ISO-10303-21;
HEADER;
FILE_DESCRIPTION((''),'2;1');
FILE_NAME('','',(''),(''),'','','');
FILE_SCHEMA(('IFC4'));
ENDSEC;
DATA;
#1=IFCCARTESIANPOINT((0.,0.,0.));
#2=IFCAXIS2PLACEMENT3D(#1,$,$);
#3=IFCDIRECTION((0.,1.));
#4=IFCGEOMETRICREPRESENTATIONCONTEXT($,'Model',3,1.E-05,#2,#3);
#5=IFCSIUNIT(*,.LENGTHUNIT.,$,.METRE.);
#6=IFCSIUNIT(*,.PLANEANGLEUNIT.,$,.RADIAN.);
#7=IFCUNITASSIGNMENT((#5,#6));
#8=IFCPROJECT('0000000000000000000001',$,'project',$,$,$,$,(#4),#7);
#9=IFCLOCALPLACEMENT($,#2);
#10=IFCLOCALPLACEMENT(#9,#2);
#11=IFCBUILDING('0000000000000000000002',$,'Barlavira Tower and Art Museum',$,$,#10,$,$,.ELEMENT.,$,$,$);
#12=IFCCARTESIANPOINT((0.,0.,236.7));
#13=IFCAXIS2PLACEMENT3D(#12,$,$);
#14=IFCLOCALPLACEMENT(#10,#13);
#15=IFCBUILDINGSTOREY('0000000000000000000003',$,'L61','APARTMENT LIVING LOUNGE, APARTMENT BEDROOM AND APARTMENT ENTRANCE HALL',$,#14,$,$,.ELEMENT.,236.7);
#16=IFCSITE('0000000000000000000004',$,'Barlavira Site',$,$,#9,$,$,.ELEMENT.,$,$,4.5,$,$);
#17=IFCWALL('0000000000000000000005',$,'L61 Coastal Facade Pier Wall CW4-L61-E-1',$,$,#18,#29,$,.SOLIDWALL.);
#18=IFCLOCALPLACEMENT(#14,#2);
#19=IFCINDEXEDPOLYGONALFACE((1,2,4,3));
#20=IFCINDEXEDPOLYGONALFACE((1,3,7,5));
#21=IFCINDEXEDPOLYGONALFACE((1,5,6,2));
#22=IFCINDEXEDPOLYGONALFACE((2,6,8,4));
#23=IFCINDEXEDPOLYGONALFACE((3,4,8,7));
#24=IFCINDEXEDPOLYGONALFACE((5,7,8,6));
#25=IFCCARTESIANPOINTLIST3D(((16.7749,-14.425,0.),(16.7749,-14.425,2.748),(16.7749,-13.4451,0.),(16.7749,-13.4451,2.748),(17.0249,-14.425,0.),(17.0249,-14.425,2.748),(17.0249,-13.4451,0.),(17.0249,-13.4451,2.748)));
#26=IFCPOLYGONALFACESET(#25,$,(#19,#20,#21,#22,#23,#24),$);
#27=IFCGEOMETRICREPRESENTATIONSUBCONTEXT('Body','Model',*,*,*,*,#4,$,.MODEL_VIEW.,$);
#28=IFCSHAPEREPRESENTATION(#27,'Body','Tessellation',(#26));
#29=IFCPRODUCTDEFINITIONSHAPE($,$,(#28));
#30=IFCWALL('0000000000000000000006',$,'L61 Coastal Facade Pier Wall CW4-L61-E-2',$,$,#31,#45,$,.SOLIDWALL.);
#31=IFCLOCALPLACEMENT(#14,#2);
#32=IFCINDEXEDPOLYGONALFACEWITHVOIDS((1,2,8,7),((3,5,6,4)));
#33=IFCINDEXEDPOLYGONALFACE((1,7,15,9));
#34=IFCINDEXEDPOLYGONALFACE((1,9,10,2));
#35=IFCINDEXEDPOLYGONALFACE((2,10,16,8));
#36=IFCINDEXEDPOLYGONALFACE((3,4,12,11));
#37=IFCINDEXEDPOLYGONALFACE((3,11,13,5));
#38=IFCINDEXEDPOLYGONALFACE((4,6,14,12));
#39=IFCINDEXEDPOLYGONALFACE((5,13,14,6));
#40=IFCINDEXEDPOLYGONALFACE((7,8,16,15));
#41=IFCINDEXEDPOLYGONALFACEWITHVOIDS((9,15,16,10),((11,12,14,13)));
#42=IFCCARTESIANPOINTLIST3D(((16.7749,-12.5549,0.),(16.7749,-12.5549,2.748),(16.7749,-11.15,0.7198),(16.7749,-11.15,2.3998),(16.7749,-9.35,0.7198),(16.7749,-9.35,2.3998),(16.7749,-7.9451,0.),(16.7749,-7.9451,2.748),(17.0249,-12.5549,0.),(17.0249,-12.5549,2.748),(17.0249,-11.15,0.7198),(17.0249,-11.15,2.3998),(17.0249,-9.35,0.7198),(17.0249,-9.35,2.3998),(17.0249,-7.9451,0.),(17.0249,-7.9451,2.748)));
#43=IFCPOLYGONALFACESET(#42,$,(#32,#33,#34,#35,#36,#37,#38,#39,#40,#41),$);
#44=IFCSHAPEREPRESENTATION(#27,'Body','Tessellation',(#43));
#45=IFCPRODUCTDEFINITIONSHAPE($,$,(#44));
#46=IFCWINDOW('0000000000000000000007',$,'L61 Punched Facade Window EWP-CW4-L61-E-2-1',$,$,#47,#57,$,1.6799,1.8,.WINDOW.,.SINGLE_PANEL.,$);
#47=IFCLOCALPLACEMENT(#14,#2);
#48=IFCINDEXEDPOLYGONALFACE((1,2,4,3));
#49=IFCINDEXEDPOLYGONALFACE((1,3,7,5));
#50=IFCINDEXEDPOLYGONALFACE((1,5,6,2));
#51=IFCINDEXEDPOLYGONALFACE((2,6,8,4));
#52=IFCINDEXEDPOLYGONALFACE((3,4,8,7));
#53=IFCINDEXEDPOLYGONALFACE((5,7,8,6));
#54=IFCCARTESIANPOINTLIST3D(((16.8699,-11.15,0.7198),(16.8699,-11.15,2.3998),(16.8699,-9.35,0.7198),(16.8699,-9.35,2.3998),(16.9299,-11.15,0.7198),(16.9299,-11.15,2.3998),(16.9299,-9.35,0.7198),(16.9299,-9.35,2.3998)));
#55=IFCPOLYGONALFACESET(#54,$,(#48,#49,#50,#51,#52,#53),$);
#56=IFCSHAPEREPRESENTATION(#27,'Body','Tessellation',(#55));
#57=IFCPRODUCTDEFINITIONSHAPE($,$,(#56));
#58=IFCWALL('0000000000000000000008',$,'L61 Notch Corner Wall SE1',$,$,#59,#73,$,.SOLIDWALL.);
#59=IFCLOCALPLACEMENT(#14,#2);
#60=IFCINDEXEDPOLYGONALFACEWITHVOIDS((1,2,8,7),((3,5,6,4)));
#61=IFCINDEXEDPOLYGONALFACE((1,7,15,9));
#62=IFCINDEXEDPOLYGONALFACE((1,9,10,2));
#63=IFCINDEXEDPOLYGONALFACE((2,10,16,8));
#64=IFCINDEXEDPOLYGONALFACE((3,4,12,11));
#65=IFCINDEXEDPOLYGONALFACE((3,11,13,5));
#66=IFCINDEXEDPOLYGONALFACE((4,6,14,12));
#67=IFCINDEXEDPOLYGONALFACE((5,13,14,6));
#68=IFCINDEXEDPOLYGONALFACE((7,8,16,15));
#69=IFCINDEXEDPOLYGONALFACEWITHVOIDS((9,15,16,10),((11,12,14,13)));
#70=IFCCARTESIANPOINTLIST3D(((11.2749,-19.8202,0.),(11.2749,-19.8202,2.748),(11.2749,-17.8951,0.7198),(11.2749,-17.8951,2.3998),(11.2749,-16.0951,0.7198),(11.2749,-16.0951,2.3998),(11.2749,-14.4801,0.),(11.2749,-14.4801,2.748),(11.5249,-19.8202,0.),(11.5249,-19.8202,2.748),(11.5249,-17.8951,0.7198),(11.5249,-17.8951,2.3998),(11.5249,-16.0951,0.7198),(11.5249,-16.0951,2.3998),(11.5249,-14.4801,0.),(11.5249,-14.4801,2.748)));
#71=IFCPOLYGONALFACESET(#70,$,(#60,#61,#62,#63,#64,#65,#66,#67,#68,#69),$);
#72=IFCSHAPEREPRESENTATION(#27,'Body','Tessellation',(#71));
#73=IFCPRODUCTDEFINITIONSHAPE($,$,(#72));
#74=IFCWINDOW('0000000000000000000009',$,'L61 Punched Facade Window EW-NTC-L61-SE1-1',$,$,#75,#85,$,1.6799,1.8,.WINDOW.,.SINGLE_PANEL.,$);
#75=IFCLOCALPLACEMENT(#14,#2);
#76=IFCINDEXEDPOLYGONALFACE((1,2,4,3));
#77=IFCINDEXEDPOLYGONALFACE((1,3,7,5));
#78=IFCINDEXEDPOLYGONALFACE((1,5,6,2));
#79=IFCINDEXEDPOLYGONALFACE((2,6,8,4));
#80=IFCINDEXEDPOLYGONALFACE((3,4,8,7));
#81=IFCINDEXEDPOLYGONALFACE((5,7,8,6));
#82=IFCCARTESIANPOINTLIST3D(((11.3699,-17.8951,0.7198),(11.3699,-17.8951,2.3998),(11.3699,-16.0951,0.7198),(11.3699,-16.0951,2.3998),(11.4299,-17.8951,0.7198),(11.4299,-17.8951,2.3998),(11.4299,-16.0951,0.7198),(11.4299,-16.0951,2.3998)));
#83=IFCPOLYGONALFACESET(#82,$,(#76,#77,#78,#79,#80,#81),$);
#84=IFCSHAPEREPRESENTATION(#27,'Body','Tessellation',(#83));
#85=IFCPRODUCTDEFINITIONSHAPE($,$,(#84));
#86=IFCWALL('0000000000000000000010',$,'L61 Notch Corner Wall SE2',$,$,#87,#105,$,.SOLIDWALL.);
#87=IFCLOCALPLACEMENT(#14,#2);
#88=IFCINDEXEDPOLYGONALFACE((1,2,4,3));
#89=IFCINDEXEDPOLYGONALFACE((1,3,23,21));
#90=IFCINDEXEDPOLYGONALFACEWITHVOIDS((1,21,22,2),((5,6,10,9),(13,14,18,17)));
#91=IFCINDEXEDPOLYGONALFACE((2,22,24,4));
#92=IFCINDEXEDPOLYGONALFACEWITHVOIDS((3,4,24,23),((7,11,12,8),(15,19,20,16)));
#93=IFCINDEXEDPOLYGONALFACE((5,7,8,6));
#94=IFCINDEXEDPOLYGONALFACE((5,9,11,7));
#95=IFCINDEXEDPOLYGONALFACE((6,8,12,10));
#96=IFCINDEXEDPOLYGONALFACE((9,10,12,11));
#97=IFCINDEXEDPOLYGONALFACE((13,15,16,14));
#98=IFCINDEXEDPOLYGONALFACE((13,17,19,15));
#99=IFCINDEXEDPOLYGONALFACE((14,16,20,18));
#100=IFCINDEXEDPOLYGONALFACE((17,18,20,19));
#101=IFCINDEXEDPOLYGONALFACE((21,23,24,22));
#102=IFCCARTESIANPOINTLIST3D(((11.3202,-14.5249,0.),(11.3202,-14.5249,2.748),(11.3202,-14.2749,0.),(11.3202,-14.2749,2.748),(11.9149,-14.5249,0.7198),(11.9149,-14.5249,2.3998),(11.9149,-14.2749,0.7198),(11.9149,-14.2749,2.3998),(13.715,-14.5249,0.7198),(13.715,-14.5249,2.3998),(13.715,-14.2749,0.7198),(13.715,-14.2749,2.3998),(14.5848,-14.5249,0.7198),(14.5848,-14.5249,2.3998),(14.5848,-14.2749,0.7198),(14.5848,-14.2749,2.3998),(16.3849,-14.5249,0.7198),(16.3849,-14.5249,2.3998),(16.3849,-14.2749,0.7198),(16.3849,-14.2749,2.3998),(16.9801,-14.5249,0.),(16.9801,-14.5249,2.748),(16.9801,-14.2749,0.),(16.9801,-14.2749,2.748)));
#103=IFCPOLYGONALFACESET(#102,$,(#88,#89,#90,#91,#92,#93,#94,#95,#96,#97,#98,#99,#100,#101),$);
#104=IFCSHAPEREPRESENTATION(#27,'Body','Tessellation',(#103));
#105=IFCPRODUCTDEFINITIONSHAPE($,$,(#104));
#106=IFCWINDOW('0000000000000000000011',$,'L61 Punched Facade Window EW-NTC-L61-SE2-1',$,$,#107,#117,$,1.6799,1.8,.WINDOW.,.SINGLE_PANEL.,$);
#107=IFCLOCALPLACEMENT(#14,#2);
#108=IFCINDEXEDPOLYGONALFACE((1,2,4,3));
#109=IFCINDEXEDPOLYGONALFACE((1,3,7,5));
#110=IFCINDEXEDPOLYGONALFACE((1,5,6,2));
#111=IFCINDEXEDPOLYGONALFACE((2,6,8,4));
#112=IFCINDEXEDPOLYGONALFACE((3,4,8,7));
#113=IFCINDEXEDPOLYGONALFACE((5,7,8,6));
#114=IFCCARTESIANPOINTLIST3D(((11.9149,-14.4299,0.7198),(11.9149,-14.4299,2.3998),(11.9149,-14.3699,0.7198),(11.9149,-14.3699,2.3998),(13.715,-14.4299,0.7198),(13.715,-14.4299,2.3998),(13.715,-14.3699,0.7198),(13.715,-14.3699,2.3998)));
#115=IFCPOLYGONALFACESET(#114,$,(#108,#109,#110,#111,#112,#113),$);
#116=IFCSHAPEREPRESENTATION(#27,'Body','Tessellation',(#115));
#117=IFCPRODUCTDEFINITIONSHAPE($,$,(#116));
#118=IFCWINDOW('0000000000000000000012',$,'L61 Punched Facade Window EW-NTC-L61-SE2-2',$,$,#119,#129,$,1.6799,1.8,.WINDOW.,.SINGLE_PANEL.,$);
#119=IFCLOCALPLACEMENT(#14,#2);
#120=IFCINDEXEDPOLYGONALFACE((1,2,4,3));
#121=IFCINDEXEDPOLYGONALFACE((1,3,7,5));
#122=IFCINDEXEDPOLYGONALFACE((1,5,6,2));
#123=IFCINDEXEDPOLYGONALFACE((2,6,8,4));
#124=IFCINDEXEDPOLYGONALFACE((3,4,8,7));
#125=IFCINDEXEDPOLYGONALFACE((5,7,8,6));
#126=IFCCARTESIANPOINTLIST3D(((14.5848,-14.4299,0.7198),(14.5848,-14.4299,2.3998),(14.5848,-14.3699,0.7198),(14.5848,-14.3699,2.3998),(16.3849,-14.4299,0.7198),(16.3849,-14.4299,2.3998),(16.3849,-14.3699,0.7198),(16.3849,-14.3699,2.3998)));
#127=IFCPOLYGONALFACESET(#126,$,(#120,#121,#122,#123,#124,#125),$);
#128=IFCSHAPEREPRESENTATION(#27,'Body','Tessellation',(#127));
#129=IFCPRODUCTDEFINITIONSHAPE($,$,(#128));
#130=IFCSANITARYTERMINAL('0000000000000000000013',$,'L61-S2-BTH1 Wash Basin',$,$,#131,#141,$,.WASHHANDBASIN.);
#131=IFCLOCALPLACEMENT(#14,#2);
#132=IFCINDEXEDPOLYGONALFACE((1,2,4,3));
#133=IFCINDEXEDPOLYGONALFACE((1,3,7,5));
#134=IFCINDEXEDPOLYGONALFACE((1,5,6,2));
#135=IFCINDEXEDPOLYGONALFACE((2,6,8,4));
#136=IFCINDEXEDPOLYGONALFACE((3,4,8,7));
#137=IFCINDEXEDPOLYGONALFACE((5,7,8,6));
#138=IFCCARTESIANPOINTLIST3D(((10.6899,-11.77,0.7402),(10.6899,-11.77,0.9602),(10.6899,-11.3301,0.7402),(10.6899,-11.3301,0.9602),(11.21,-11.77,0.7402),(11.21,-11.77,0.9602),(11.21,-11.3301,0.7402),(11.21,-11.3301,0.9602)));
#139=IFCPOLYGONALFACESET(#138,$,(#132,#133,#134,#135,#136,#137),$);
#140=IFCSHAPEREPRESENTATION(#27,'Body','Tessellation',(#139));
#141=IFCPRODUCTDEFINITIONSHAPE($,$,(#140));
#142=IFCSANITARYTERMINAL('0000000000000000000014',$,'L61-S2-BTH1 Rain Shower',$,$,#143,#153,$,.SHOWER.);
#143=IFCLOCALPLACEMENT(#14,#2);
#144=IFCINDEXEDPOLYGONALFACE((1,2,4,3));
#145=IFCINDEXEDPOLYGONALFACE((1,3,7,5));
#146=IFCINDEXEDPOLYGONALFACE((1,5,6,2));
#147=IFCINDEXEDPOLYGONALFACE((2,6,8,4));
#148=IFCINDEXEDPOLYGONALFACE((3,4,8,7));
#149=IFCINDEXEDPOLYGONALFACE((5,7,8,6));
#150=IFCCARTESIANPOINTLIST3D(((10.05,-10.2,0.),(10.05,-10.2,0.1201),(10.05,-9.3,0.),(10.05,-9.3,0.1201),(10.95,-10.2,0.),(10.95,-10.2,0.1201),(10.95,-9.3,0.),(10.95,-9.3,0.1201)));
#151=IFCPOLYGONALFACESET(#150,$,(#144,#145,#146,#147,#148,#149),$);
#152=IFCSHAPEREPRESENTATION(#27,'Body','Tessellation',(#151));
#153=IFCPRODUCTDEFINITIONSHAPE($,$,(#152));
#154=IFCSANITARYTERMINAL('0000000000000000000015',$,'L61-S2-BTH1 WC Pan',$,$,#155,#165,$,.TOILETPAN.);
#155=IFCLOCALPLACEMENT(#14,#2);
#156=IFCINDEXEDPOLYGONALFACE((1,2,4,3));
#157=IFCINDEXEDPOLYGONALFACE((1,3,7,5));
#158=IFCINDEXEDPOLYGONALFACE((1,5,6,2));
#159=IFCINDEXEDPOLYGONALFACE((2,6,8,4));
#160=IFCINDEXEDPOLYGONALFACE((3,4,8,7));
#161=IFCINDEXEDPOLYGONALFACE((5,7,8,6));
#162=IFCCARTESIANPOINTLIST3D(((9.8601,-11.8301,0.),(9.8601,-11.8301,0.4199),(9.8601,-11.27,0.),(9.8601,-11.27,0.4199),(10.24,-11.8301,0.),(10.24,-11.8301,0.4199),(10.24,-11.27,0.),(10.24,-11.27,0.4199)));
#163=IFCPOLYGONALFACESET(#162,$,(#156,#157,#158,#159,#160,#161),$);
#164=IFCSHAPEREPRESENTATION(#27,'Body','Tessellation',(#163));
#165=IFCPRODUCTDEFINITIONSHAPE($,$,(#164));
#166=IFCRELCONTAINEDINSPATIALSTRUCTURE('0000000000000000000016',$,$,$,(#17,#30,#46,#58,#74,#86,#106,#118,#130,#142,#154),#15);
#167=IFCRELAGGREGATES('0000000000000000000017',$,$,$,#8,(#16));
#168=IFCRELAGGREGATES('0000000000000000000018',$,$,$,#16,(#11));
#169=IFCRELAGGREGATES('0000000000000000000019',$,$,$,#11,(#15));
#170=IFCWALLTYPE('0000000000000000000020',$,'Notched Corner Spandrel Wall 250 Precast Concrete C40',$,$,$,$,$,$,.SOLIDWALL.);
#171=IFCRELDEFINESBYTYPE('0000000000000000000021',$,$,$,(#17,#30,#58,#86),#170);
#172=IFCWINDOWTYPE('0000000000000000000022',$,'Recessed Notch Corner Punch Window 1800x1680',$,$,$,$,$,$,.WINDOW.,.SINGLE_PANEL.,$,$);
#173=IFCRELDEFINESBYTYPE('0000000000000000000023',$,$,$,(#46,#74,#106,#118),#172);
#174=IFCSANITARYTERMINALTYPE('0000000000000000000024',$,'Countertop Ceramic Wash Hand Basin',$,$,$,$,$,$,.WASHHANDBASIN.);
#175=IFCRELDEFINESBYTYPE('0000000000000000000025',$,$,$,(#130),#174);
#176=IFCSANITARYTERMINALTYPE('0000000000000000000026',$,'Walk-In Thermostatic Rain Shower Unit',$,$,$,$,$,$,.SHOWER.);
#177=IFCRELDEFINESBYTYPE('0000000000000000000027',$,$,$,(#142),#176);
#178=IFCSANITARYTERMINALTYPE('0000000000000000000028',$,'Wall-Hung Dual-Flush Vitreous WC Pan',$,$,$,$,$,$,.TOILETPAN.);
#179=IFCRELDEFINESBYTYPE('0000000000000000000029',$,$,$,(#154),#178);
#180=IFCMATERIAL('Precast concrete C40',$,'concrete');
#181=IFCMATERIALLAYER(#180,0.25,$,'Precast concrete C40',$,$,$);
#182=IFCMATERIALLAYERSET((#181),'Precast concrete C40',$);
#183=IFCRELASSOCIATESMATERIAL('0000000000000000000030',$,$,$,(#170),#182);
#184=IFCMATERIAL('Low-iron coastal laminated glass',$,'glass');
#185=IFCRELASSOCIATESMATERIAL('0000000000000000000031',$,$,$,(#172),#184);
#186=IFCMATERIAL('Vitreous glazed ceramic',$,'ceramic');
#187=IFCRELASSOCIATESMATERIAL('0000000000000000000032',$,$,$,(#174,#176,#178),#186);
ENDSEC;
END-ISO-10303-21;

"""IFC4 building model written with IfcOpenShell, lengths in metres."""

from ifc_helpers import new_model, si_unit, direction, frame, frame_2d, origin, origin_2d, place, context, subcontext, project, spatial, rectangle, extrude, material, layer, layer_set, type_object, element, fill, save


model = new_model("IFC4")

# Units and contexts
model_context = context("Model", 3, precision=1e-05, world=origin(), true_north=direction((0.0, 1.0)))
body_context = subcontext(model_context, "Body", "Model", "MODEL_VIEW")
ifc_project = project(units=[si_unit("LENGTHUNIT", "METRE"), si_unit("PLANEANGLEUNIT", "RADIAN")], contexts=[model_context])

# Site, building, storey
site_placement = place(None, origin())
site = spatial("IfcSite", under=ifc_project, at=site_placement, Name="Barlavira Site", CompositionType="ELEMENT", RefElevation=4.5)
building_placement = place(site_placement, origin())
building = spatial("IfcBuilding", under=site, at=building_placement, Name="Barlavira Tower and Art Museum", CompositionType="ELEMENT")
storey_placement = place(building_placement, frame((0.0, 0.0, 236.7)))
storey = spatial("IfcBuildingStorey", under=building, at=storey_placement, Name="L61", Description="APARTMENT LIVING LOUNGE, APARTMENT BEDROOM AND APARTMENT ENTRANCE HALL", CompositionType="ELEMENT", Elevation=236.7)

# Shared definitions
ifc_material_1 = material(Name="Precast concrete C40", Category="concrete")
ifc_layer_1 = layer(ifc_material_1, 0.25, Name="Precast concrete C40")
ifc_layer_set_1 = layer_set([ifc_layer_1], Name="Precast concrete C40")
wall_type_1 = type_object("IfcWallType", Name="Notched Corner Spandrel Wall 250 Precast Concrete C40", PredefinedType="SOLIDWALL", material=ifc_layer_set_1)
ifc_material_2 = material(Name="Low-iron coastal laminated glass", Category="glass")
window_type = type_object("IfcWindowType", Name="Recessed Notch Corner Punch Window 1800x1680", PartitioningType="SINGLE_PANEL", PredefinedType="WINDOW", material=ifc_material_2)

# Wall
wall_1_placement = place(storey_placement, frame((16.8999, -14.425, 0.0), z_axis=(0.0, 0.0, 1.0), x_axis=(0.0, 1.0, 0.0)))
element("IfcWall", 1, at=wall_1_placement, inside=storey, type_object=wall_type_1, Name="L61 Coastal Facade Pier Wall CW4-L61-E-1", PredefinedType="SOLIDWALL", context=body_context, shape_type="SweptSolid", body=[
    extrude(rectangle(XDim=0.98, YDim=0.25, at=frame_2d((0.49, 0.0))), origin(), (0.0, 0.0, 1.0), 2.748),
])

# Walls, openings, windows
wall_2_placement = place(storey_placement, frame((16.8999, -12.5549, 0.0), z_axis=(0.0, 0.0, 1.0), x_axis=(0.0, 1.0, 0.0)))
wall_2 = element("IfcWall", 2, at=wall_2_placement, inside=storey, type_object=wall_type_1, Name="L61 Coastal Facade Pier Wall CW4-L61-E-2", PredefinedType="SOLIDWALL", context=body_context, shape_type="SweptSolid", body=[
    extrude(rectangle(XDim=4.6099, YDim=0.25, at=frame_2d((2.3049, 0.0))), origin(), (0.0, 0.0, 1.0), 2.748),
])
opening_1_placement = place(wall_2_placement, frame((1.405, 0.0, 0.72)))
opening_1 = element("IfcOpeningElement", 3, at=opening_1_placement, cuts=wall_2, PredefinedType="OPENING", context=body_context, shape_type="SweptSolid", body=[
    extrude(rectangle(XDim=1.8, YDim=1.6799, at=frame_2d((0.8999, 0.8398))), frame((0.0, 0.135, 0.0), z_axis=(0.0, -1.0, 0.0), x_axis=(1.0, 0.0, 0.0)), (0.0, 0.0, 1.0), 0.27),
])
window_1_placement = place(opening_1_placement, origin())
window_1 = element("IfcWindow", 4, at=window_1_placement, inside=storey, type_object=window_type, Name="L61 Punched Facade Window EWP-CW4-L61-E-2-1", OverallHeight=1.6799, OverallWidth=1.8, PartitioningType="SINGLE_PANEL", PredefinedType="WINDOW", context=body_context, shape_type="SweptSolid", body=[
    extrude(rectangle(XDim=1.8, YDim=1.6799, at=frame_2d((0.8999, 0.8398))), frame((0.0, 0.03, 0.0), z_axis=(0.0, -1.0, 0.0), x_axis=(1.0, 0.0, 0.0)), (0.0, 0.0, 1.0), 0.0601),
])
fill(opening_1, window_1)
wall_3_placement = place(storey_placement, frame((11.3999, -19.8201, 0.0), z_axis=(0.0, 0.0, 1.0), x_axis=(0.0, 1.0, 0.0)))
wall_3 = element("IfcWall", 5, at=wall_3_placement, inside=storey, type_object=wall_type_1, Name="L61 Notch Corner Wall SE1", PredefinedType="SOLIDWALL", context=body_context, shape_type="SweptSolid", body=[
    extrude(rectangle(XDim=5.3401, YDim=0.25, at=frame_2d((2.6699, 0.0))), origin(), (0.0, 0.0, 1.0), 2.748),
])
opening_2_placement = place(wall_3_placement, frame((1.925, 0.0, 0.72)))
opening_2 = element("IfcOpeningElement", 6, at=opening_2_placement, cuts=wall_3, PredefinedType="OPENING", context=body_context, shape_type="SweptSolid", body=[
    extrude(rectangle(XDim=1.8, YDim=1.6799, at=frame_2d((0.8999, 0.8398))), frame((0.0, 0.135, 0.0), z_axis=(0.0, -1.0, 0.0), x_axis=(1.0, 0.0, 0.0)), (0.0, 0.0, 1.0), 0.27),
])
window_2_placement = place(opening_2_placement, origin())
window_2 = element("IfcWindow", 7, at=window_2_placement, inside=storey, type_object=window_type, Name="L61 Punched Facade Window EW-NTC-L61-SE1-1", OverallHeight=1.6799, OverallWidth=1.8, PartitioningType="SINGLE_PANEL", PredefinedType="WINDOW", context=body_context, shape_type="SweptSolid", body=[
    extrude(rectangle(XDim=1.8, YDim=1.6799, at=frame_2d((0.8999, 0.8398))), frame((0.0, 0.03, 0.0), z_axis=(0.0, -1.0, 0.0), x_axis=(1.0, 0.0, 0.0)), (0.0, 0.0, 1.0), 0.0601),
])
fill(opening_2, window_2)

# Wall, openings, windows
wall_4_placement = place(storey_placement, frame((11.3201, -14.3999, 0.0), z_axis=(0.0, 0.0, 1.0), x_axis=(1.0, 0.0, 0.0)))
wall_4 = element("IfcWall", 8, at=wall_4_placement, inside=storey, type_object=wall_type_1, Name="L61 Notch Corner Wall SE2", PredefinedType="SOLIDWALL", context=body_context, shape_type="SweptSolid", body=[
    extrude(rectangle(XDim=5.6599, YDim=0.25, at=frame_2d((2.8301, 0.0))), origin(), (0.0, 0.0, 1.0), 2.748),
])
opening_3_placement = place(wall_4_placement, frame((0.595, 0.0, 0.72)))
opening_3 = element("IfcOpeningElement", 9, at=opening_3_placement, cuts=wall_4, PredefinedType="OPENING", context=body_context, shape_type="SweptSolid", body=[
    extrude(rectangle(XDim=1.8, YDim=1.6799, at=frame_2d((0.8999, 0.8398))), frame((0.0, 0.135, 0.0), z_axis=(0.0, -1.0, 0.0), x_axis=(1.0, 0.0, 0.0)), (0.0, 0.0, 1.0), 0.27),
])
opening_4_placement = place(wall_4_placement, frame((3.2649, 0.0, 0.72)))
opening_4 = element("IfcOpeningElement", 10, at=opening_4_placement, cuts=wall_4, PredefinedType="OPENING", context=body_context, shape_type="SweptSolid", body=[
    extrude(rectangle(XDim=1.8, YDim=1.6799, at=frame_2d((0.8999, 0.8398))), frame((0.0, 0.135, 0.0), z_axis=(0.0, -1.0, 0.0), x_axis=(1.0, 0.0, 0.0)), (0.0, 0.0, 1.0), 0.27),
])
window_3_placement = place(opening_3_placement, origin())
window_3 = element("IfcWindow", 11, at=window_3_placement, inside=storey, type_object=window_type, Name="L61 Punched Facade Window EW-NTC-L61-SE2-1", OverallHeight=1.6799, OverallWidth=1.8, PartitioningType="SINGLE_PANEL", PredefinedType="WINDOW", context=body_context, shape_type="SweptSolid", body=[
    extrude(rectangle(XDim=1.8, YDim=1.6799, at=frame_2d((0.8999, 0.8398))), frame((0.0, 0.03, 0.0), z_axis=(0.0, -1.0, 0.0), x_axis=(1.0, 0.0, 0.0)), (0.0, 0.0, 1.0), 0.0601),
])
fill(opening_3, window_3)
window_4_placement = place(opening_4_placement, origin())
window_4 = element("IfcWindow", 12, at=window_4_placement, inside=storey, type_object=window_type, Name="L61 Punched Facade Window EW-NTC-L61-SE2-2", OverallHeight=1.6799, OverallWidth=1.8, PartitioningType="SINGLE_PANEL", PredefinedType="WINDOW", context=body_context, shape_type="SweptSolid", body=[
    extrude(rectangle(XDim=1.8, YDim=1.6799, at=frame_2d((0.8999, 0.8398))), frame((0.0, 0.03, 0.0), z_axis=(0.0, -1.0, 0.0), x_axis=(1.0, 0.0, 0.0)), (0.0, 0.0, 1.0), 0.0601),
])
fill(opening_4, window_4)

# Sanitary terminals
ifc_material_3 = material(Name="Vitreous glazed ceramic", Category="ceramic")
sanitary_terminal_type_1 = type_object("IfcSanitaryTerminalType", Name="Countertop Ceramic Wash Hand Basin", PredefinedType="WASHHANDBASIN", material=ifc_material_3)
sanitary_terminal_1_placement = place(storey_placement, frame((10.95, -11.55, 0.7402), z_axis=(0.0, 0.0, 1.0), x_axis=(1.0, 0.0, 0.0)))
element("IfcSanitaryTerminal", 13, at=sanitary_terminal_1_placement, inside=storey, type_object=sanitary_terminal_type_1, Name="L61-S2-BTH1 Wash Basin", PredefinedType="WASHHANDBASIN", context=body_context, shape_type="SweptSolid", body=[
    extrude(rectangle(XDim=0.52, YDim=0.4399, at=origin_2d()), origin(), (0.0, 0.0, 1.0), 0.22),
])
sanitary_terminal_type_2 = type_object("IfcSanitaryTerminalType", Name="Walk-In Thermostatic Rain Shower Unit", PredefinedType="SHOWER", material=ifc_material_3)
sanitary_terminal_2_placement = place(storey_placement, frame((10.5, -9.75, 0.0), z_axis=(0.0, 0.0, 1.0), x_axis=(1.0, 0.0, 0.0)))
element("IfcSanitaryTerminal", 14, at=sanitary_terminal_2_placement, inside=storey, type_object=sanitary_terminal_type_2, Name="L61-S2-BTH1 Rain Shower", PredefinedType="SHOWER", context=body_context, shape_type="SweptSolid", body=[
    extrude(rectangle(XDim=0.8999, YDim=0.8999, at=origin_2d()), origin(), (0.0, 0.0, 1.0), 0.1201),
])
sanitary_terminal_type_3 = type_object("IfcSanitaryTerminalType", Name="Wall-Hung Dual-Flush Vitreous WC Pan", PredefinedType="TOILETPAN", material=ifc_material_3)
sanitary_terminal_3_placement = place(storey_placement, frame((10.05, -11.55, 0.0), z_axis=(0.0, 0.0, 1.0), x_axis=(1.0, 0.0, 0.0)))
element("IfcSanitaryTerminal", 15, at=sanitary_terminal_3_placement, inside=storey, type_object=sanitary_terminal_type_3, Name="L61-S2-BTH1 WC Pan", PredefinedType="TOILETPAN", context=body_context, shape_type="SweptSolid", body=[
    extrude(rectangle(XDim=0.3799, YDim=0.5601, at=origin_2d()), origin(), (0.0, 0.0, 1.0), 0.4199),
])

save(model, "model.ifc")
